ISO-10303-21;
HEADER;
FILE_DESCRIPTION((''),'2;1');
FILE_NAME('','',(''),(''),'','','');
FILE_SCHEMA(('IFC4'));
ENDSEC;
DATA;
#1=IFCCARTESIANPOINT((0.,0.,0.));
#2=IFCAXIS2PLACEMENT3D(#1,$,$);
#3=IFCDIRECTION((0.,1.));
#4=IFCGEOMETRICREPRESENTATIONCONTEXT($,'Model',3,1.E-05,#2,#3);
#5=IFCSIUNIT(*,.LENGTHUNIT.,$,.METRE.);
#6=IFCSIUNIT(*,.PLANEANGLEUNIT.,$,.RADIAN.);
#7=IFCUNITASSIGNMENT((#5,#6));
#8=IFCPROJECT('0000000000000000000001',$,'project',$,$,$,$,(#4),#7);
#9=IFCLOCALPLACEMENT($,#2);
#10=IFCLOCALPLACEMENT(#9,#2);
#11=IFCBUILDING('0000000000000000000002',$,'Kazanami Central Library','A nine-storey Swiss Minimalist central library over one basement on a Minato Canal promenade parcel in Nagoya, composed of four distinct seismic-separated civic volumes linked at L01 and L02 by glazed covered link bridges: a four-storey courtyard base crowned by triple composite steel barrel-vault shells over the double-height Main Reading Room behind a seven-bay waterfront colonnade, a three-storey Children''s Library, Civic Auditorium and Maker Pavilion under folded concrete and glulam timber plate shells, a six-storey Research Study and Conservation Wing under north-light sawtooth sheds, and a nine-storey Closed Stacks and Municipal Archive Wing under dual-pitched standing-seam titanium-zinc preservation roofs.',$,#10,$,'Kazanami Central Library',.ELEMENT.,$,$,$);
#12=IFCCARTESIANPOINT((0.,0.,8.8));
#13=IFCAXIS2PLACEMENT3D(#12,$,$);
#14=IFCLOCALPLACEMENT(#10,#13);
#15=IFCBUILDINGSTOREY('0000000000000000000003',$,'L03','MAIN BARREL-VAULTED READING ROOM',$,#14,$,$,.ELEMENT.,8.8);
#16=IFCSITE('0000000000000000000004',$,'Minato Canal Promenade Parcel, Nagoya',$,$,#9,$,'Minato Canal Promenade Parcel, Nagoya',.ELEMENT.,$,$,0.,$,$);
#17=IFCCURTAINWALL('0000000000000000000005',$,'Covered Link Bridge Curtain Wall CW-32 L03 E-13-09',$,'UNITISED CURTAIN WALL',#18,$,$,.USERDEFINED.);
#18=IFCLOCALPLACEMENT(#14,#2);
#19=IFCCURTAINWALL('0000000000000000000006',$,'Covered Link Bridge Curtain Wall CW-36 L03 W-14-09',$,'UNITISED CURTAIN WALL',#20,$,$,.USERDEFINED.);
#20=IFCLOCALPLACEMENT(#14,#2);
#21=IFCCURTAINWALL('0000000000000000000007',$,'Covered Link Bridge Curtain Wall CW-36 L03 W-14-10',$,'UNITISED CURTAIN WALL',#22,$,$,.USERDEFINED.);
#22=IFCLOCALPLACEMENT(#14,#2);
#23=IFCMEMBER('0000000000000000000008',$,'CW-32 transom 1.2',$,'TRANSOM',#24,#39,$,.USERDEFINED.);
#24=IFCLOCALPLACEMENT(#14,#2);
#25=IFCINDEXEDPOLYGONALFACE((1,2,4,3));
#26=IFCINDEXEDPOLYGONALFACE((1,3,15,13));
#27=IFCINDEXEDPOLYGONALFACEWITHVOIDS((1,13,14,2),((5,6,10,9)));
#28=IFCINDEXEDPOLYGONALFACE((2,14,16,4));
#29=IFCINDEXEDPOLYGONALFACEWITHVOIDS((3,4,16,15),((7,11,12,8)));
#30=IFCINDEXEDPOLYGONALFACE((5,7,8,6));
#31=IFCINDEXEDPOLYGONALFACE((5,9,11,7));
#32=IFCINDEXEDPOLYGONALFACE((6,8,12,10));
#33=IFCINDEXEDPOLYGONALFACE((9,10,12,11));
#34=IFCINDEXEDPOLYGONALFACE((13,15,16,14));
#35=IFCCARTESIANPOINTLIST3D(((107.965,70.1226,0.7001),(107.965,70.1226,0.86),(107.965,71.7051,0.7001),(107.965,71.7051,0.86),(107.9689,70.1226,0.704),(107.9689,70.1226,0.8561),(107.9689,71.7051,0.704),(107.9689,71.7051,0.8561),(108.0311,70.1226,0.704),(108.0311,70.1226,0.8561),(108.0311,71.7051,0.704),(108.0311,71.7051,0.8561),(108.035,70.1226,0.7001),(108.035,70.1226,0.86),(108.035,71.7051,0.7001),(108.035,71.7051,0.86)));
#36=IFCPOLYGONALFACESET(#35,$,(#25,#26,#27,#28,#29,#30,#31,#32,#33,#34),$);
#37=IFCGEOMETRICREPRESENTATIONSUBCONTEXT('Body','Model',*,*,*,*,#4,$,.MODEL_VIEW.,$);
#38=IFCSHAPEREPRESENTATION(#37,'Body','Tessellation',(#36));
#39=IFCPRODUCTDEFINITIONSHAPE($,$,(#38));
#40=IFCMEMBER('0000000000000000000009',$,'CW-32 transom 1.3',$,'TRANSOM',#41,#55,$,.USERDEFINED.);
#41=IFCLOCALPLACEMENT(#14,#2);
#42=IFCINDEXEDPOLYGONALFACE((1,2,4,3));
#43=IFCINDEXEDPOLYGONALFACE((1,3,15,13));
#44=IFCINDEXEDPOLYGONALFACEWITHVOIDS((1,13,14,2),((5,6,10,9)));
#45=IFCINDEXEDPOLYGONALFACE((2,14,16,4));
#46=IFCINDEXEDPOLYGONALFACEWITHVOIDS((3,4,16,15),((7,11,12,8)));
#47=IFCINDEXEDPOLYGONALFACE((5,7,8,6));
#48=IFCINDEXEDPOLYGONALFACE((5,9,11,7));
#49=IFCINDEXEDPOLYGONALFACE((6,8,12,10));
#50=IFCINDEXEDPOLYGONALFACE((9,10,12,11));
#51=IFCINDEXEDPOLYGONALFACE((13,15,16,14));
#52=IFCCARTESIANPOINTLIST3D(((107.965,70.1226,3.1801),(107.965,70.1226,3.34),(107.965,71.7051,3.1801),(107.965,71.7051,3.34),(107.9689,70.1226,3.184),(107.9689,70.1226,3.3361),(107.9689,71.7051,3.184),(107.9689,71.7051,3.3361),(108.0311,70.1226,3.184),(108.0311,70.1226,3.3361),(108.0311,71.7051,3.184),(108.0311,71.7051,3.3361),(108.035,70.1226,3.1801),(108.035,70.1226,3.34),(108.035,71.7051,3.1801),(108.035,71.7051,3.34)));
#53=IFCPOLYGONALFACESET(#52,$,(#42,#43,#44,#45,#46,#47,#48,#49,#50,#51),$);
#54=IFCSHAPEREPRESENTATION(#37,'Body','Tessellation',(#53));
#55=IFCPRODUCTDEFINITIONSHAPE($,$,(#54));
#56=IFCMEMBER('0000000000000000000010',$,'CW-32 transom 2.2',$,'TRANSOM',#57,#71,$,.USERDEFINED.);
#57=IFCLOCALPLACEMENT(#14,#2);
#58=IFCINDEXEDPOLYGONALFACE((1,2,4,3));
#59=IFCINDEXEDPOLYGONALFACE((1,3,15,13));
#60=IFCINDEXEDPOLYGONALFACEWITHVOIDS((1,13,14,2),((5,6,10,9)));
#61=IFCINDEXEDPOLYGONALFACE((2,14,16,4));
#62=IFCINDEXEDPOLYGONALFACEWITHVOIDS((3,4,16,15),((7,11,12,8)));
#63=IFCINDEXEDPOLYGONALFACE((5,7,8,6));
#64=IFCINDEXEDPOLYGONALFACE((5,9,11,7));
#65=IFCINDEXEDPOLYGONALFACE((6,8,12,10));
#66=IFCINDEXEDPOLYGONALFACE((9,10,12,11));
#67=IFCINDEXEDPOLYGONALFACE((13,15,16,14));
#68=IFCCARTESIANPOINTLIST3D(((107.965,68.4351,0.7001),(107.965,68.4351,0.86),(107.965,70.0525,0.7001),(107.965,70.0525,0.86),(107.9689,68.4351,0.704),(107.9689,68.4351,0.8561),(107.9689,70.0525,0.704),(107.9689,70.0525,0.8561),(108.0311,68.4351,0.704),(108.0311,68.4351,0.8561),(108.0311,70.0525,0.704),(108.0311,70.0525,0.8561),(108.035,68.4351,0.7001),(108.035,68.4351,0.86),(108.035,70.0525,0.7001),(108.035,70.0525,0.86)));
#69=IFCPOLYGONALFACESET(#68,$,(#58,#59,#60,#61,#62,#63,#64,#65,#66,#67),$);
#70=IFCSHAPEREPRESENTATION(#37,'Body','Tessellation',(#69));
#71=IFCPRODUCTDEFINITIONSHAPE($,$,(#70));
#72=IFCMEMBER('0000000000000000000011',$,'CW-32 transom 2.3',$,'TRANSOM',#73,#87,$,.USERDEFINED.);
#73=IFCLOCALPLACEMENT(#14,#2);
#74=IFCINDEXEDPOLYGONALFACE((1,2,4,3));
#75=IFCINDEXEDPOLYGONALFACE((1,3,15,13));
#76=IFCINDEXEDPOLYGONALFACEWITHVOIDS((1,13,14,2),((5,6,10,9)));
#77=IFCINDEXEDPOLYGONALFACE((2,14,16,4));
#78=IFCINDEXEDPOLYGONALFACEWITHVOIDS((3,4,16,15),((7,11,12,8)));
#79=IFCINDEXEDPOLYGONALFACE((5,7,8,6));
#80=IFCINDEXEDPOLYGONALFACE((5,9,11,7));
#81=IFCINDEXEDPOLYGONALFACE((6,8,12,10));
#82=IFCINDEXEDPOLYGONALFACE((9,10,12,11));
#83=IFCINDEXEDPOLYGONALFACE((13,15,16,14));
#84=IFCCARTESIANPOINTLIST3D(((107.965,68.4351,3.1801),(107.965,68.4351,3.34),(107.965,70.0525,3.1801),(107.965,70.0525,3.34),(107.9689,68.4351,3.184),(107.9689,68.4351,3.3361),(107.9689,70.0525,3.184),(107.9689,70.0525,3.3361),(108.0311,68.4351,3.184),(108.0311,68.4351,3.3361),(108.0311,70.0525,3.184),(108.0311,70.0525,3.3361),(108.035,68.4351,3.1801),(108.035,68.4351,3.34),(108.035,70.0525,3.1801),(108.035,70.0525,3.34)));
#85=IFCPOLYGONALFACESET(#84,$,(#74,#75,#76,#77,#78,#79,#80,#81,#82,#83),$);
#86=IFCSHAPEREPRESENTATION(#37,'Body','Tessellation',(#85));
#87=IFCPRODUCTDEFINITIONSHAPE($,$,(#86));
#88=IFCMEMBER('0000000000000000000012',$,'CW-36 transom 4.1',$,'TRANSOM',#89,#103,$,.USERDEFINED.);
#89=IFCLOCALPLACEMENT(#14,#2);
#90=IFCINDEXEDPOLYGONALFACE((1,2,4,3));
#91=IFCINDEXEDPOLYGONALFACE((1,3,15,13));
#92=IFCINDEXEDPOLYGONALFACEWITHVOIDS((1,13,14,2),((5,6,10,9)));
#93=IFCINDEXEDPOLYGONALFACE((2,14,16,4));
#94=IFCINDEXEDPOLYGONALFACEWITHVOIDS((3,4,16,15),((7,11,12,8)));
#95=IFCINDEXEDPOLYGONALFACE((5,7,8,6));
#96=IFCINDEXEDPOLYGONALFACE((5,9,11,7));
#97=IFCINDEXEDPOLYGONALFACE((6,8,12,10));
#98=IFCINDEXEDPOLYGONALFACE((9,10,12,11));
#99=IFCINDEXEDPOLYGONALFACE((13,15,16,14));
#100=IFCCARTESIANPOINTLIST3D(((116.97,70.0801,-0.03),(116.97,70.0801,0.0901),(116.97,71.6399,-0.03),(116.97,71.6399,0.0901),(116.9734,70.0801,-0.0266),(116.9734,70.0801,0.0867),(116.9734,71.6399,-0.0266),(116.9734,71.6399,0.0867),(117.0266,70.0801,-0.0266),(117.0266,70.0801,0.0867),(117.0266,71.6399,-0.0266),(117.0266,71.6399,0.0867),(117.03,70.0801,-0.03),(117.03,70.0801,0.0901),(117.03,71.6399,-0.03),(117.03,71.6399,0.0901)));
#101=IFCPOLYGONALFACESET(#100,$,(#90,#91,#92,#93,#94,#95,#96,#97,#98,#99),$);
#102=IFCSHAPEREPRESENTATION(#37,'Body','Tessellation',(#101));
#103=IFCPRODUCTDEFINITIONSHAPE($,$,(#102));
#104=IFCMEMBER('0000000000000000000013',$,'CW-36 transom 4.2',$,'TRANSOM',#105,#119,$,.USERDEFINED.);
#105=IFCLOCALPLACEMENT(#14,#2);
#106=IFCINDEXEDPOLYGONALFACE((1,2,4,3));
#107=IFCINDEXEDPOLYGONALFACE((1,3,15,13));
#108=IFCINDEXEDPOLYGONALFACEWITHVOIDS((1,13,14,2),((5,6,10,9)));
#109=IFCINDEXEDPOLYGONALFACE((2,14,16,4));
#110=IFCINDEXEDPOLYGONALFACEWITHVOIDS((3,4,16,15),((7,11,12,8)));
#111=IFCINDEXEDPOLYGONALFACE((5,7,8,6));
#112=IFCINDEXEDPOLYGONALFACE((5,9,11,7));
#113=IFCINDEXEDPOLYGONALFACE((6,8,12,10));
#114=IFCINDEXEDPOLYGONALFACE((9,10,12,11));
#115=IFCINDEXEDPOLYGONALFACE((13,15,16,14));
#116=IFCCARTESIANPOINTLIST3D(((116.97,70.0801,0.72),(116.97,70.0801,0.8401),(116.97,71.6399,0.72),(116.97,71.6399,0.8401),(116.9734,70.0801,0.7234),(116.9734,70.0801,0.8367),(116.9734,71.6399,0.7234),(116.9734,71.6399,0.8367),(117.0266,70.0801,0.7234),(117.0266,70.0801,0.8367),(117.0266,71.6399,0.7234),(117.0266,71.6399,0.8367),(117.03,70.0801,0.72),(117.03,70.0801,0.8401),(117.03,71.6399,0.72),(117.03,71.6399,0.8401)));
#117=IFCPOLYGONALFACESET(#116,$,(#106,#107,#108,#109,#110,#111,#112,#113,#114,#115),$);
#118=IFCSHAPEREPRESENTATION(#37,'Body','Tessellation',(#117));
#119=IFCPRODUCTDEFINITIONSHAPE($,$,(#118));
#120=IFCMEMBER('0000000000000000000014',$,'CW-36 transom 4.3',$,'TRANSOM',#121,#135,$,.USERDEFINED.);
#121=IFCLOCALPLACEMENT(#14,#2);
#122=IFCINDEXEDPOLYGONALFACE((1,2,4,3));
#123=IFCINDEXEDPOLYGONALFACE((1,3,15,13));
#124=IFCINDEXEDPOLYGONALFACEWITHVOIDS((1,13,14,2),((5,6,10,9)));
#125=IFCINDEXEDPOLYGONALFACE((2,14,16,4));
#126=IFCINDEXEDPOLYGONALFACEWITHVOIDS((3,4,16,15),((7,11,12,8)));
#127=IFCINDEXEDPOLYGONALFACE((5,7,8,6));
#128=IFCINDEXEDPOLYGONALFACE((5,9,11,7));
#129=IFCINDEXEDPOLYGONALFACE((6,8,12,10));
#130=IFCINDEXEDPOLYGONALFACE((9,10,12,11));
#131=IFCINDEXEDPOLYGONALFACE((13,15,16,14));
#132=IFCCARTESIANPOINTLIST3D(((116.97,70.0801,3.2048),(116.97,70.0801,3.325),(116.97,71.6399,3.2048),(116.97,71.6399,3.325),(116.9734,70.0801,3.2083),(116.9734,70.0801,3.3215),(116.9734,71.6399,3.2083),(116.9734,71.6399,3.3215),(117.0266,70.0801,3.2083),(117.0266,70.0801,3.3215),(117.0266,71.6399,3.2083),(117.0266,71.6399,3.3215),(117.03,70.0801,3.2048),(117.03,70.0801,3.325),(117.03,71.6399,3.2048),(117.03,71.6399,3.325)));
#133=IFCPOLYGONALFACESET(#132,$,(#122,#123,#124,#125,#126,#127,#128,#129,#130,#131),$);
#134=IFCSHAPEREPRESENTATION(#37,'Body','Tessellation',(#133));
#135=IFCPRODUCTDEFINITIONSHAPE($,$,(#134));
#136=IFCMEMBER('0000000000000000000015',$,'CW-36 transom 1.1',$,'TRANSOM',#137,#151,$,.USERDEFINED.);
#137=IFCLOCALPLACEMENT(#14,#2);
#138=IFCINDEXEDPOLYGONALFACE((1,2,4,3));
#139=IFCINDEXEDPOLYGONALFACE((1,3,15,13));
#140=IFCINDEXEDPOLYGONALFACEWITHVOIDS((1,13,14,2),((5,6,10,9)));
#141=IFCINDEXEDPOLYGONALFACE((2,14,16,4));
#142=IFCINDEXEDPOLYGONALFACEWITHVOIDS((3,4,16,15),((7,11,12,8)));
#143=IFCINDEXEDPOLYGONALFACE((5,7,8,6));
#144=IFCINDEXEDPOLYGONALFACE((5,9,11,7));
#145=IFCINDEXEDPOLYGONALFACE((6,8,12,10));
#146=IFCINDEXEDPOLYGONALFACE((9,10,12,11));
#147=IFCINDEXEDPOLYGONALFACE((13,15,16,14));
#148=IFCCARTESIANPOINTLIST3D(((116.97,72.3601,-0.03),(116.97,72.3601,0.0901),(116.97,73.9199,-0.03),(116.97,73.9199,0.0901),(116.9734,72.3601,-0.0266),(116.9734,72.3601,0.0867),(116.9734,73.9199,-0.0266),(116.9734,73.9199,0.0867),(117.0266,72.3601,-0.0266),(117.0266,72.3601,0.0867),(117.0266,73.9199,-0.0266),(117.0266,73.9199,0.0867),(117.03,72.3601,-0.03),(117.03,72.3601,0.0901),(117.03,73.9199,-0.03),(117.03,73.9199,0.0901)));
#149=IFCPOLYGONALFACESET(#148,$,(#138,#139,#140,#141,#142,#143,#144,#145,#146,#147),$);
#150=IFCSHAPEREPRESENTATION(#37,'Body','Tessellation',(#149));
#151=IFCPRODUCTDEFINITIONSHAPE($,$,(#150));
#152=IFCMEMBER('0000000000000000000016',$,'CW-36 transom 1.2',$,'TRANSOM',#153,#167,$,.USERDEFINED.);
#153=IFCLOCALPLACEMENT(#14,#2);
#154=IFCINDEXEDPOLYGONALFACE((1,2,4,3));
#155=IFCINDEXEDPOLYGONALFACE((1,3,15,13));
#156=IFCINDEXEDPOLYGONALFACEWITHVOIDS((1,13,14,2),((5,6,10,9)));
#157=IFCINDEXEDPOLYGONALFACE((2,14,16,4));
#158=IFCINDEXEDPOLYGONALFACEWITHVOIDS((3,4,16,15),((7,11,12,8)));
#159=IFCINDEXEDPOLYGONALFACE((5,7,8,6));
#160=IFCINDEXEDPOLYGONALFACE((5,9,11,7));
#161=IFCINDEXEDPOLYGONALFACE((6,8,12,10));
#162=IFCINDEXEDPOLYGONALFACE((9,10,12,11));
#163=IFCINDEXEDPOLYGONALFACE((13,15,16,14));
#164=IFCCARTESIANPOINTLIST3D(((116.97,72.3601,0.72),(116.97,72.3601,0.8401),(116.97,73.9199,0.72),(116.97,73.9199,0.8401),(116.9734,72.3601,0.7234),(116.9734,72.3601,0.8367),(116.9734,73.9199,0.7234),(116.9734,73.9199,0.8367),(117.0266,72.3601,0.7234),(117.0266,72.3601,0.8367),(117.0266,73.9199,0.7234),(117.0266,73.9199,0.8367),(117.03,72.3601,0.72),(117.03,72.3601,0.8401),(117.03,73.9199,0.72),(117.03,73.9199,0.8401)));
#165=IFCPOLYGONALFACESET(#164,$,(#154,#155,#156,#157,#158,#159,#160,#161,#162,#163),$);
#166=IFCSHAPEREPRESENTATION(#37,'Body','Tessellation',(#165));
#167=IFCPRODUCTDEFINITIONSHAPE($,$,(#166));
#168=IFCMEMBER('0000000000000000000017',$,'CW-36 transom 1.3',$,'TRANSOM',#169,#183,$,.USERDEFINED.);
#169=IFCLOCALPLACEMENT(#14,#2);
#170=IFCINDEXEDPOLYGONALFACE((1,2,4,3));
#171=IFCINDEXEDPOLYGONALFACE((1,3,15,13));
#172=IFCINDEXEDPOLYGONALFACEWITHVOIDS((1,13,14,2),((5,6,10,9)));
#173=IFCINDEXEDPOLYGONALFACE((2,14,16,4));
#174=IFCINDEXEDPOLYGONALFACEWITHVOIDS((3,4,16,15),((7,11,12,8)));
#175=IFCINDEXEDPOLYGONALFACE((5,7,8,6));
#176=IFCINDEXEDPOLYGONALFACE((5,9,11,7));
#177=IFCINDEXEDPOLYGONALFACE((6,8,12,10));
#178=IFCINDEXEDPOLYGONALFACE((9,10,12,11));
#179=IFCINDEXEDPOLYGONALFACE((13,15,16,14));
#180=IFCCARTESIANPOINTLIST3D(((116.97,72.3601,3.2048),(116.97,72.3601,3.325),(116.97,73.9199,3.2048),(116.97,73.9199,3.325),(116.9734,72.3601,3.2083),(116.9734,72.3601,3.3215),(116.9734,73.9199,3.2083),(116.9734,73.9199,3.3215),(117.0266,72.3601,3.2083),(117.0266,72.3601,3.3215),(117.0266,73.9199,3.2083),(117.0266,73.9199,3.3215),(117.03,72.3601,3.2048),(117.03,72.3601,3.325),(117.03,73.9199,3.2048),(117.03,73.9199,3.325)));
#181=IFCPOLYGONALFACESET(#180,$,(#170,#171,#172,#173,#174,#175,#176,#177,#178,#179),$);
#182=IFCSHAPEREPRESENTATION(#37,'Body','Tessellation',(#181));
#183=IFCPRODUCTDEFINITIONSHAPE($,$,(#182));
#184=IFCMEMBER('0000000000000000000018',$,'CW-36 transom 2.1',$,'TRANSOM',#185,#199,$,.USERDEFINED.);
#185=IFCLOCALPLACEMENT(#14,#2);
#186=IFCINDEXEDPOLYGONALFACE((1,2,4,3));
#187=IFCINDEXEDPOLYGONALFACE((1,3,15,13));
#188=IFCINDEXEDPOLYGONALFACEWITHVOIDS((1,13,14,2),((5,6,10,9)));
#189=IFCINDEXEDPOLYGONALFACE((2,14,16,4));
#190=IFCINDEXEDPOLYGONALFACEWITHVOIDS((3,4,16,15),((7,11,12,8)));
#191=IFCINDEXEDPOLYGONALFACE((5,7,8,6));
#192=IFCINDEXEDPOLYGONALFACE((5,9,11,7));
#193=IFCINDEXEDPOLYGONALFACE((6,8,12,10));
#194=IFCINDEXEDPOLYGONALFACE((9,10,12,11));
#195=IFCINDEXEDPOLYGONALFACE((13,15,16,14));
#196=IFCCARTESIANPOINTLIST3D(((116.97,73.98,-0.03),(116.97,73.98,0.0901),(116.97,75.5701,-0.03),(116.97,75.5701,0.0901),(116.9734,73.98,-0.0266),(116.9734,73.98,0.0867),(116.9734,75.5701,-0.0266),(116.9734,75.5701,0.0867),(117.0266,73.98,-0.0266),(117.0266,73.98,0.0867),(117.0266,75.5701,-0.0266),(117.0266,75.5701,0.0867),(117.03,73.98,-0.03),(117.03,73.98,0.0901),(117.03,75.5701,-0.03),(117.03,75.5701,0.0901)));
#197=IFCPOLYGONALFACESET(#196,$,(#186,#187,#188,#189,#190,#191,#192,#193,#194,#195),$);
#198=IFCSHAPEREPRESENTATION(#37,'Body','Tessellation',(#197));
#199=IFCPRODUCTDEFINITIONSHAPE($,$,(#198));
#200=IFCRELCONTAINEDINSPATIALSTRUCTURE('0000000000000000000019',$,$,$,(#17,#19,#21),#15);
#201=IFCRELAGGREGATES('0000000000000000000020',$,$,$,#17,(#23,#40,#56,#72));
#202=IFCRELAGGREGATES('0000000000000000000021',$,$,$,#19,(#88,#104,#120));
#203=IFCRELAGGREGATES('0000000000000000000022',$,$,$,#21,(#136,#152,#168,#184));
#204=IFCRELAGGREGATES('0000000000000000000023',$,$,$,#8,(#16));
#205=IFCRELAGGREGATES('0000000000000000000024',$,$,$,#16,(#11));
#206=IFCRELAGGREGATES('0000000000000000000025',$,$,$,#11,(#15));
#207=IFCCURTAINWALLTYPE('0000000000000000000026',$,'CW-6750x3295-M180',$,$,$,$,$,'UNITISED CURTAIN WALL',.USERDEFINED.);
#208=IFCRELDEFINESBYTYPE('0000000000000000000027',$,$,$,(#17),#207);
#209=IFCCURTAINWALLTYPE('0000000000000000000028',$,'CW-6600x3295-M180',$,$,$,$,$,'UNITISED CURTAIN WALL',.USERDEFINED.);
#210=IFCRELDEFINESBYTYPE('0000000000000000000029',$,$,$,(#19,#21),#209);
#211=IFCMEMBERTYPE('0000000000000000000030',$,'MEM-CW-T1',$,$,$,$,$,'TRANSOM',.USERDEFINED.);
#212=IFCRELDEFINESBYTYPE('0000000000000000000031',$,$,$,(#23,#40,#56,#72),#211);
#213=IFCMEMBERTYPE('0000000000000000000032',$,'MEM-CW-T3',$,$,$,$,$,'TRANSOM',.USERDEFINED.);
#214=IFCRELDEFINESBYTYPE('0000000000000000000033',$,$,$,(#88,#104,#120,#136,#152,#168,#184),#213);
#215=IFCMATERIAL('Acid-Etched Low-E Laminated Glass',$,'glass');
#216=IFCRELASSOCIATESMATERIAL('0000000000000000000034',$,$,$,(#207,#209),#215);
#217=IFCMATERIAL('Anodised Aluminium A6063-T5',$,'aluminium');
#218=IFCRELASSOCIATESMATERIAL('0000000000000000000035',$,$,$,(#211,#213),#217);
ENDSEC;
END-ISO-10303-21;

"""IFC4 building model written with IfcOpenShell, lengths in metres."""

from ifc_helpers import new_model, si_unit, direction, frame, origin, origin_2d, place, context, subcontext, project, spatial, hollow_rectangle, extrude, material, material_profile, profile_set, type_object, element, aggregate, save


model = new_model("IFC4")

# Units and contexts
model_context = context("Model", 3, precision=1e-05, world=origin(), true_north=direction((0.0, 1.0)))
body_context = subcontext(model_context, "Body", "Model", "MODEL_VIEW")
ifc_project = project(units=[si_unit("LENGTHUNIT", "METRE"), si_unit("PLANEANGLEUNIT", "RADIAN")], contexts=[model_context])

# Site, building, storey
site_placement = place(None, origin())
site = spatial("IfcSite", under=ifc_project, at=site_placement, Name="Minato Canal Promenade Parcel, Nagoya", LongName="Minato Canal Promenade Parcel, Nagoya", CompositionType="ELEMENT", RefElevation=0.0)
building_placement = place(site_placement, origin())
building = spatial("IfcBuilding", under=site, at=building_placement, Name="Kazanami Central Library", Description="A nine-storey Swiss Minimalist central library over one basement on a Minato Canal promenade parcel in Nagoya, composed of four distinct seismic-separated civic volumes linked at L01 and L02 by glazed covered link bridges: a four-storey courtyard base crowned by triple composite steel barrel-vault shells over the double-height Main Reading Room behind a seven-bay waterfront colonnade, a three-storey Children's Library, Civic Auditorium and Maker Pavilion under folded concrete and glulam timber plate shells, a six-storey Research Study and Conservation Wing under north-light sawtooth sheds, and a nine-storey Closed Stacks and Municipal Archive Wing under dual-pitched standing-seam titanium-zinc preservation roofs.", LongName="Kazanami Central Library", CompositionType="ELEMENT")
storey_placement = place(building_placement, frame((0.0, 0.0, 8.8)))
storey = spatial("IfcBuildingStorey", under=building, at=storey_placement, Name="L03", Description="MAIN BARREL-VAULTED READING ROOM", CompositionType="ELEMENT", Elevation=8.8)

# Curtain wall
ifc_material_1 = material(Name="Acid-Etched Low-E Laminated Glass", Category="glass")
curtain_wall_type_1 = type_object("IfcCurtainWallType", Name="CW-6750x3295-M180", ElementType="UNITISED CURTAIN WALL", PredefinedType="USERDEFINED", material=ifc_material_1)
curtain_wall_1_placement = place(storey_placement, origin())
curtain_wall_1 = element("IfcCurtainWall", 1, at=curtain_wall_1_placement, inside=storey, type_object=curtain_wall_type_1, Name="Covered Link Bridge Curtain Wall CW-32 L03 E-13-09", ObjectType="UNITISED CURTAIN WALL", PredefinedType="USERDEFINED")
ifc_material_2 = material(Name="Anodised Aluminium A6063-T5", Category="aluminium")

# Curtain wall
curtain_wall_type_2 = type_object("IfcCurtainWallType", Name="CW-6600x3295-M180", ElementType="UNITISED CURTAIN WALL", PredefinedType="USERDEFINED", material=ifc_material_1)
curtain_wall_2_placement = place(storey_placement, origin())
curtain_wall_2 = element("IfcCurtainWall", 2, at=curtain_wall_2_placement, inside=storey, type_object=curtain_wall_type_2, Name="Covered Link Bridge Curtain Wall CW-36 L03 W-14-09", ObjectType="UNITISED CURTAIN WALL", PredefinedType="USERDEFINED")

# Curtain wall
curtain_wall_3_placement = place(storey_placement, origin())
curtain_wall_3 = element("IfcCurtainWall", 3, at=curtain_wall_3_placement, inside=storey, type_object=curtain_wall_type_2, Name="Covered Link Bridge Curtain Wall CW-36 L03 W-14-10", ObjectType="UNITISED CURTAIN WALL", PredefinedType="USERDEFINED")

# Members
ifc_material_profile_1 = material_profile(ifc_material_2, hollow_rectangle(XDim=0.0701, YDim=0.1599, WallThickness=0.0039, at=origin_2d()), Name="ALU-TRAN-70x160x4")
ifc_profile_set_1 = profile_set([ifc_material_profile_1], Name="Anodised Aluminium A6063-T5")
member_type_1 = type_object("IfcMemberType", Name="MEM-CW-T1", ElementType="TRANSOM", PredefinedType="USERDEFINED", material=ifc_profile_set_1)
member_1_placement = place(storey_placement, frame((108.0, 71.7051, 0.78), z_axis=(0.0, -1.0, 0.0), x_axis=(1.0, 0.0, 0.0)))
member_1 = element("IfcMember", 4, at=member_1_placement, type_object=member_type_1, Name="CW-32 transom 1.2", ObjectType="TRANSOM", PredefinedType="USERDEFINED", context=body_context, shape_type="SweptSolid", body=[
    extrude(hollow_rectangle(XDim=0.0701, YDim=0.1599, WallThickness=0.0039, at=origin_2d()), origin(), (0.0, 0.0, 1.0), 1.5825),
])
member_2_placement = place(storey_placement, frame((108.0, 71.7051, 3.26), z_axis=(0.0, -1.0, 0.0), x_axis=(1.0, 0.0, 0.0)))
member_2 = element("IfcMember", 5, at=member_2_placement, type_object=member_type_1, Name="CW-32 transom 1.3", ObjectType="TRANSOM", PredefinedType="USERDEFINED", context=body_context, shape_type="SweptSolid", body=[
    extrude(hollow_rectangle(XDim=0.0701, YDim=0.1599, WallThickness=0.0039, at=origin_2d()), origin(), (0.0, 0.0, 1.0), 1.5825),
])
member_3_placement = place(storey_placement, frame((108.0, 70.0525, 0.78), z_axis=(0.0, -1.0, 0.0), x_axis=(1.0, 0.0, 0.0)))
member_3 = element("IfcMember", 6, at=member_3_placement, type_object=member_type_1, Name="CW-32 transom 2.2", ObjectType="TRANSOM", PredefinedType="USERDEFINED", context=body_context, shape_type="SweptSolid", body=[
    extrude(hollow_rectangle(XDim=0.0701, YDim=0.1599, WallThickness=0.0039, at=origin_2d()), origin(), (0.0, 0.0, 1.0), 1.6174),
])
member_4_placement = place(storey_placement, frame((108.0, 70.0525, 3.26), z_axis=(0.0, -1.0, 0.0), x_axis=(1.0, 0.0, 0.0)))
member_4 = element("IfcMember", 7, at=member_4_placement, type_object=member_type_1, Name="CW-32 transom 2.3", ObjectType="TRANSOM", PredefinedType="USERDEFINED", context=body_context, shape_type="SweptSolid", body=[
    extrude(hollow_rectangle(XDim=0.0701, YDim=0.1599, WallThickness=0.0039, at=origin_2d()), origin(), (0.0, 0.0, 1.0), 1.6174),
])
ifc_material_profile_2 = material_profile(ifc_material_2, hollow_rectangle(XDim=0.0601, YDim=0.1201, WallThickness=0.0034, at=origin_2d()), Name="ALU-TRAN-60x120x3.5")
ifc_profile_set_2 = profile_set([ifc_material_profile_2], Name="Anodised Aluminium A6063-T5")
member_type_2 = type_object("IfcMemberType", Name="MEM-CW-T3", ElementType="TRANSOM", PredefinedType="USERDEFINED", material=ifc_profile_set_2)
member_5_placement = place(storey_placement, frame((117.0, 70.0801, 0.03), z_axis=(0.0, 1.0, 0.0), x_axis=(-1.0, 0.0, 0.0)))
member_5 = element("IfcMember", 8, at=member_5_placement, type_object=member_type_2, Name="CW-36 transom 4.1", ObjectType="TRANSOM", PredefinedType="USERDEFINED", context=body_context, shape_type="SweptSolid", body=[
    extrude(hollow_rectangle(XDim=0.0601, YDim=0.1201, WallThickness=0.0034, at=origin_2d()), origin(), (0.0, 0.0, 1.0), 1.5598),
])
member_6_placement = place(storey_placement, frame((117.0, 70.0801, 0.78), z_axis=(0.0, 1.0, 0.0), x_axis=(-1.0, 0.0, 0.0)))
member_6 = element("IfcMember", 9, at=member_6_placement, type_object=member_type_2, Name="CW-36 transom 4.2", ObjectType="TRANSOM", PredefinedType="USERDEFINED", context=body_context, shape_type="SweptSolid", body=[
    extrude(hollow_rectangle(XDim=0.0601, YDim=0.1201, WallThickness=0.0034, at=origin_2d()), origin(), (0.0, 0.0, 1.0), 1.5598),
])
member_7_placement = place(storey_placement, frame((117.0, 70.0801, 3.2649), z_axis=(0.0, 1.0, 0.0), x_axis=(-1.0, 0.0, 0.0)))
member_7 = element("IfcMember", 10, at=member_7_placement, type_object=member_type_2, Name="CW-36 transom 4.3", ObjectType="TRANSOM", PredefinedType="USERDEFINED", context=body_context, shape_type="SweptSolid", body=[
    extrude(hollow_rectangle(XDim=0.0601, YDim=0.1201, WallThickness=0.0034, at=origin_2d()), origin(), (0.0, 0.0, 1.0), 1.5598),
])
member_8_placement = place(storey_placement, frame((117.0, 72.3601, 0.03), z_axis=(0.0, 1.0, 0.0), x_axis=(-1.0, 0.0, 0.0)))
member_8 = element("IfcMember", 11, at=member_8_placement, type_object=member_type_2, Name="CW-36 transom 1.1", ObjectType="TRANSOM", PredefinedType="USERDEFINED", context=body_context, shape_type="SweptSolid", body=[
    extrude(hollow_rectangle(XDim=0.0601, YDim=0.1201, WallThickness=0.0034, at=origin_2d()), origin(), (0.0, 0.0, 1.0), 1.5598),
])
member_9_placement = place(storey_placement, frame((117.0, 72.3601, 0.78), z_axis=(0.0, 1.0, 0.0), x_axis=(-1.0, 0.0, 0.0)))
member_9 = element("IfcMember", 12, at=member_9_placement, type_object=member_type_2, Name="CW-36 transom 1.2", ObjectType="TRANSOM", PredefinedType="USERDEFINED", context=body_context, shape_type="SweptSolid", body=[
    extrude(hollow_rectangle(XDim=0.0601, YDim=0.1201, WallThickness=0.0034, at=origin_2d()), origin(), (0.0, 0.0, 1.0), 1.5598),
])
member_10_placement = place(storey_placement, frame((117.0, 72.3601, 3.2649), z_axis=(0.0, 1.0, 0.0), x_axis=(-1.0, 0.0, 0.0)))
member_10 = element("IfcMember", 13, at=member_10_placement, type_object=member_type_2, Name="CW-36 transom 1.3", ObjectType="TRANSOM", PredefinedType="USERDEFINED", context=body_context, shape_type="SweptSolid", body=[
    extrude(hollow_rectangle(XDim=0.0601, YDim=0.1201, WallThickness=0.0034, at=origin_2d()), origin(), (0.0, 0.0, 1.0), 1.5598),
])
member_11_placement = place(storey_placement, frame((117.0, 73.98, 0.03), z_axis=(0.0, 1.0, 0.0), x_axis=(-1.0, 0.0, 0.0)))
member_11 = element("IfcMember", 14, at=member_11_placement, type_object=member_type_2, Name="CW-36 transom 2.1", ObjectType="TRANSOM", PredefinedType="USERDEFINED", context=body_context, shape_type="SweptSolid", body=[
    extrude(hollow_rectangle(XDim=0.0601, YDim=0.1201, WallThickness=0.0034, at=origin_2d()), origin(), (0.0, 0.0, 1.0), 1.5901),
])

aggregate(curtain_wall_1, [member_1, member_2, member_3, member_4])
aggregate(curtain_wall_2, [member_5, member_6, member_7])
aggregate(curtain_wall_3, [member_8, member_9, member_10, member_11])

save(model, "model.ifc")
